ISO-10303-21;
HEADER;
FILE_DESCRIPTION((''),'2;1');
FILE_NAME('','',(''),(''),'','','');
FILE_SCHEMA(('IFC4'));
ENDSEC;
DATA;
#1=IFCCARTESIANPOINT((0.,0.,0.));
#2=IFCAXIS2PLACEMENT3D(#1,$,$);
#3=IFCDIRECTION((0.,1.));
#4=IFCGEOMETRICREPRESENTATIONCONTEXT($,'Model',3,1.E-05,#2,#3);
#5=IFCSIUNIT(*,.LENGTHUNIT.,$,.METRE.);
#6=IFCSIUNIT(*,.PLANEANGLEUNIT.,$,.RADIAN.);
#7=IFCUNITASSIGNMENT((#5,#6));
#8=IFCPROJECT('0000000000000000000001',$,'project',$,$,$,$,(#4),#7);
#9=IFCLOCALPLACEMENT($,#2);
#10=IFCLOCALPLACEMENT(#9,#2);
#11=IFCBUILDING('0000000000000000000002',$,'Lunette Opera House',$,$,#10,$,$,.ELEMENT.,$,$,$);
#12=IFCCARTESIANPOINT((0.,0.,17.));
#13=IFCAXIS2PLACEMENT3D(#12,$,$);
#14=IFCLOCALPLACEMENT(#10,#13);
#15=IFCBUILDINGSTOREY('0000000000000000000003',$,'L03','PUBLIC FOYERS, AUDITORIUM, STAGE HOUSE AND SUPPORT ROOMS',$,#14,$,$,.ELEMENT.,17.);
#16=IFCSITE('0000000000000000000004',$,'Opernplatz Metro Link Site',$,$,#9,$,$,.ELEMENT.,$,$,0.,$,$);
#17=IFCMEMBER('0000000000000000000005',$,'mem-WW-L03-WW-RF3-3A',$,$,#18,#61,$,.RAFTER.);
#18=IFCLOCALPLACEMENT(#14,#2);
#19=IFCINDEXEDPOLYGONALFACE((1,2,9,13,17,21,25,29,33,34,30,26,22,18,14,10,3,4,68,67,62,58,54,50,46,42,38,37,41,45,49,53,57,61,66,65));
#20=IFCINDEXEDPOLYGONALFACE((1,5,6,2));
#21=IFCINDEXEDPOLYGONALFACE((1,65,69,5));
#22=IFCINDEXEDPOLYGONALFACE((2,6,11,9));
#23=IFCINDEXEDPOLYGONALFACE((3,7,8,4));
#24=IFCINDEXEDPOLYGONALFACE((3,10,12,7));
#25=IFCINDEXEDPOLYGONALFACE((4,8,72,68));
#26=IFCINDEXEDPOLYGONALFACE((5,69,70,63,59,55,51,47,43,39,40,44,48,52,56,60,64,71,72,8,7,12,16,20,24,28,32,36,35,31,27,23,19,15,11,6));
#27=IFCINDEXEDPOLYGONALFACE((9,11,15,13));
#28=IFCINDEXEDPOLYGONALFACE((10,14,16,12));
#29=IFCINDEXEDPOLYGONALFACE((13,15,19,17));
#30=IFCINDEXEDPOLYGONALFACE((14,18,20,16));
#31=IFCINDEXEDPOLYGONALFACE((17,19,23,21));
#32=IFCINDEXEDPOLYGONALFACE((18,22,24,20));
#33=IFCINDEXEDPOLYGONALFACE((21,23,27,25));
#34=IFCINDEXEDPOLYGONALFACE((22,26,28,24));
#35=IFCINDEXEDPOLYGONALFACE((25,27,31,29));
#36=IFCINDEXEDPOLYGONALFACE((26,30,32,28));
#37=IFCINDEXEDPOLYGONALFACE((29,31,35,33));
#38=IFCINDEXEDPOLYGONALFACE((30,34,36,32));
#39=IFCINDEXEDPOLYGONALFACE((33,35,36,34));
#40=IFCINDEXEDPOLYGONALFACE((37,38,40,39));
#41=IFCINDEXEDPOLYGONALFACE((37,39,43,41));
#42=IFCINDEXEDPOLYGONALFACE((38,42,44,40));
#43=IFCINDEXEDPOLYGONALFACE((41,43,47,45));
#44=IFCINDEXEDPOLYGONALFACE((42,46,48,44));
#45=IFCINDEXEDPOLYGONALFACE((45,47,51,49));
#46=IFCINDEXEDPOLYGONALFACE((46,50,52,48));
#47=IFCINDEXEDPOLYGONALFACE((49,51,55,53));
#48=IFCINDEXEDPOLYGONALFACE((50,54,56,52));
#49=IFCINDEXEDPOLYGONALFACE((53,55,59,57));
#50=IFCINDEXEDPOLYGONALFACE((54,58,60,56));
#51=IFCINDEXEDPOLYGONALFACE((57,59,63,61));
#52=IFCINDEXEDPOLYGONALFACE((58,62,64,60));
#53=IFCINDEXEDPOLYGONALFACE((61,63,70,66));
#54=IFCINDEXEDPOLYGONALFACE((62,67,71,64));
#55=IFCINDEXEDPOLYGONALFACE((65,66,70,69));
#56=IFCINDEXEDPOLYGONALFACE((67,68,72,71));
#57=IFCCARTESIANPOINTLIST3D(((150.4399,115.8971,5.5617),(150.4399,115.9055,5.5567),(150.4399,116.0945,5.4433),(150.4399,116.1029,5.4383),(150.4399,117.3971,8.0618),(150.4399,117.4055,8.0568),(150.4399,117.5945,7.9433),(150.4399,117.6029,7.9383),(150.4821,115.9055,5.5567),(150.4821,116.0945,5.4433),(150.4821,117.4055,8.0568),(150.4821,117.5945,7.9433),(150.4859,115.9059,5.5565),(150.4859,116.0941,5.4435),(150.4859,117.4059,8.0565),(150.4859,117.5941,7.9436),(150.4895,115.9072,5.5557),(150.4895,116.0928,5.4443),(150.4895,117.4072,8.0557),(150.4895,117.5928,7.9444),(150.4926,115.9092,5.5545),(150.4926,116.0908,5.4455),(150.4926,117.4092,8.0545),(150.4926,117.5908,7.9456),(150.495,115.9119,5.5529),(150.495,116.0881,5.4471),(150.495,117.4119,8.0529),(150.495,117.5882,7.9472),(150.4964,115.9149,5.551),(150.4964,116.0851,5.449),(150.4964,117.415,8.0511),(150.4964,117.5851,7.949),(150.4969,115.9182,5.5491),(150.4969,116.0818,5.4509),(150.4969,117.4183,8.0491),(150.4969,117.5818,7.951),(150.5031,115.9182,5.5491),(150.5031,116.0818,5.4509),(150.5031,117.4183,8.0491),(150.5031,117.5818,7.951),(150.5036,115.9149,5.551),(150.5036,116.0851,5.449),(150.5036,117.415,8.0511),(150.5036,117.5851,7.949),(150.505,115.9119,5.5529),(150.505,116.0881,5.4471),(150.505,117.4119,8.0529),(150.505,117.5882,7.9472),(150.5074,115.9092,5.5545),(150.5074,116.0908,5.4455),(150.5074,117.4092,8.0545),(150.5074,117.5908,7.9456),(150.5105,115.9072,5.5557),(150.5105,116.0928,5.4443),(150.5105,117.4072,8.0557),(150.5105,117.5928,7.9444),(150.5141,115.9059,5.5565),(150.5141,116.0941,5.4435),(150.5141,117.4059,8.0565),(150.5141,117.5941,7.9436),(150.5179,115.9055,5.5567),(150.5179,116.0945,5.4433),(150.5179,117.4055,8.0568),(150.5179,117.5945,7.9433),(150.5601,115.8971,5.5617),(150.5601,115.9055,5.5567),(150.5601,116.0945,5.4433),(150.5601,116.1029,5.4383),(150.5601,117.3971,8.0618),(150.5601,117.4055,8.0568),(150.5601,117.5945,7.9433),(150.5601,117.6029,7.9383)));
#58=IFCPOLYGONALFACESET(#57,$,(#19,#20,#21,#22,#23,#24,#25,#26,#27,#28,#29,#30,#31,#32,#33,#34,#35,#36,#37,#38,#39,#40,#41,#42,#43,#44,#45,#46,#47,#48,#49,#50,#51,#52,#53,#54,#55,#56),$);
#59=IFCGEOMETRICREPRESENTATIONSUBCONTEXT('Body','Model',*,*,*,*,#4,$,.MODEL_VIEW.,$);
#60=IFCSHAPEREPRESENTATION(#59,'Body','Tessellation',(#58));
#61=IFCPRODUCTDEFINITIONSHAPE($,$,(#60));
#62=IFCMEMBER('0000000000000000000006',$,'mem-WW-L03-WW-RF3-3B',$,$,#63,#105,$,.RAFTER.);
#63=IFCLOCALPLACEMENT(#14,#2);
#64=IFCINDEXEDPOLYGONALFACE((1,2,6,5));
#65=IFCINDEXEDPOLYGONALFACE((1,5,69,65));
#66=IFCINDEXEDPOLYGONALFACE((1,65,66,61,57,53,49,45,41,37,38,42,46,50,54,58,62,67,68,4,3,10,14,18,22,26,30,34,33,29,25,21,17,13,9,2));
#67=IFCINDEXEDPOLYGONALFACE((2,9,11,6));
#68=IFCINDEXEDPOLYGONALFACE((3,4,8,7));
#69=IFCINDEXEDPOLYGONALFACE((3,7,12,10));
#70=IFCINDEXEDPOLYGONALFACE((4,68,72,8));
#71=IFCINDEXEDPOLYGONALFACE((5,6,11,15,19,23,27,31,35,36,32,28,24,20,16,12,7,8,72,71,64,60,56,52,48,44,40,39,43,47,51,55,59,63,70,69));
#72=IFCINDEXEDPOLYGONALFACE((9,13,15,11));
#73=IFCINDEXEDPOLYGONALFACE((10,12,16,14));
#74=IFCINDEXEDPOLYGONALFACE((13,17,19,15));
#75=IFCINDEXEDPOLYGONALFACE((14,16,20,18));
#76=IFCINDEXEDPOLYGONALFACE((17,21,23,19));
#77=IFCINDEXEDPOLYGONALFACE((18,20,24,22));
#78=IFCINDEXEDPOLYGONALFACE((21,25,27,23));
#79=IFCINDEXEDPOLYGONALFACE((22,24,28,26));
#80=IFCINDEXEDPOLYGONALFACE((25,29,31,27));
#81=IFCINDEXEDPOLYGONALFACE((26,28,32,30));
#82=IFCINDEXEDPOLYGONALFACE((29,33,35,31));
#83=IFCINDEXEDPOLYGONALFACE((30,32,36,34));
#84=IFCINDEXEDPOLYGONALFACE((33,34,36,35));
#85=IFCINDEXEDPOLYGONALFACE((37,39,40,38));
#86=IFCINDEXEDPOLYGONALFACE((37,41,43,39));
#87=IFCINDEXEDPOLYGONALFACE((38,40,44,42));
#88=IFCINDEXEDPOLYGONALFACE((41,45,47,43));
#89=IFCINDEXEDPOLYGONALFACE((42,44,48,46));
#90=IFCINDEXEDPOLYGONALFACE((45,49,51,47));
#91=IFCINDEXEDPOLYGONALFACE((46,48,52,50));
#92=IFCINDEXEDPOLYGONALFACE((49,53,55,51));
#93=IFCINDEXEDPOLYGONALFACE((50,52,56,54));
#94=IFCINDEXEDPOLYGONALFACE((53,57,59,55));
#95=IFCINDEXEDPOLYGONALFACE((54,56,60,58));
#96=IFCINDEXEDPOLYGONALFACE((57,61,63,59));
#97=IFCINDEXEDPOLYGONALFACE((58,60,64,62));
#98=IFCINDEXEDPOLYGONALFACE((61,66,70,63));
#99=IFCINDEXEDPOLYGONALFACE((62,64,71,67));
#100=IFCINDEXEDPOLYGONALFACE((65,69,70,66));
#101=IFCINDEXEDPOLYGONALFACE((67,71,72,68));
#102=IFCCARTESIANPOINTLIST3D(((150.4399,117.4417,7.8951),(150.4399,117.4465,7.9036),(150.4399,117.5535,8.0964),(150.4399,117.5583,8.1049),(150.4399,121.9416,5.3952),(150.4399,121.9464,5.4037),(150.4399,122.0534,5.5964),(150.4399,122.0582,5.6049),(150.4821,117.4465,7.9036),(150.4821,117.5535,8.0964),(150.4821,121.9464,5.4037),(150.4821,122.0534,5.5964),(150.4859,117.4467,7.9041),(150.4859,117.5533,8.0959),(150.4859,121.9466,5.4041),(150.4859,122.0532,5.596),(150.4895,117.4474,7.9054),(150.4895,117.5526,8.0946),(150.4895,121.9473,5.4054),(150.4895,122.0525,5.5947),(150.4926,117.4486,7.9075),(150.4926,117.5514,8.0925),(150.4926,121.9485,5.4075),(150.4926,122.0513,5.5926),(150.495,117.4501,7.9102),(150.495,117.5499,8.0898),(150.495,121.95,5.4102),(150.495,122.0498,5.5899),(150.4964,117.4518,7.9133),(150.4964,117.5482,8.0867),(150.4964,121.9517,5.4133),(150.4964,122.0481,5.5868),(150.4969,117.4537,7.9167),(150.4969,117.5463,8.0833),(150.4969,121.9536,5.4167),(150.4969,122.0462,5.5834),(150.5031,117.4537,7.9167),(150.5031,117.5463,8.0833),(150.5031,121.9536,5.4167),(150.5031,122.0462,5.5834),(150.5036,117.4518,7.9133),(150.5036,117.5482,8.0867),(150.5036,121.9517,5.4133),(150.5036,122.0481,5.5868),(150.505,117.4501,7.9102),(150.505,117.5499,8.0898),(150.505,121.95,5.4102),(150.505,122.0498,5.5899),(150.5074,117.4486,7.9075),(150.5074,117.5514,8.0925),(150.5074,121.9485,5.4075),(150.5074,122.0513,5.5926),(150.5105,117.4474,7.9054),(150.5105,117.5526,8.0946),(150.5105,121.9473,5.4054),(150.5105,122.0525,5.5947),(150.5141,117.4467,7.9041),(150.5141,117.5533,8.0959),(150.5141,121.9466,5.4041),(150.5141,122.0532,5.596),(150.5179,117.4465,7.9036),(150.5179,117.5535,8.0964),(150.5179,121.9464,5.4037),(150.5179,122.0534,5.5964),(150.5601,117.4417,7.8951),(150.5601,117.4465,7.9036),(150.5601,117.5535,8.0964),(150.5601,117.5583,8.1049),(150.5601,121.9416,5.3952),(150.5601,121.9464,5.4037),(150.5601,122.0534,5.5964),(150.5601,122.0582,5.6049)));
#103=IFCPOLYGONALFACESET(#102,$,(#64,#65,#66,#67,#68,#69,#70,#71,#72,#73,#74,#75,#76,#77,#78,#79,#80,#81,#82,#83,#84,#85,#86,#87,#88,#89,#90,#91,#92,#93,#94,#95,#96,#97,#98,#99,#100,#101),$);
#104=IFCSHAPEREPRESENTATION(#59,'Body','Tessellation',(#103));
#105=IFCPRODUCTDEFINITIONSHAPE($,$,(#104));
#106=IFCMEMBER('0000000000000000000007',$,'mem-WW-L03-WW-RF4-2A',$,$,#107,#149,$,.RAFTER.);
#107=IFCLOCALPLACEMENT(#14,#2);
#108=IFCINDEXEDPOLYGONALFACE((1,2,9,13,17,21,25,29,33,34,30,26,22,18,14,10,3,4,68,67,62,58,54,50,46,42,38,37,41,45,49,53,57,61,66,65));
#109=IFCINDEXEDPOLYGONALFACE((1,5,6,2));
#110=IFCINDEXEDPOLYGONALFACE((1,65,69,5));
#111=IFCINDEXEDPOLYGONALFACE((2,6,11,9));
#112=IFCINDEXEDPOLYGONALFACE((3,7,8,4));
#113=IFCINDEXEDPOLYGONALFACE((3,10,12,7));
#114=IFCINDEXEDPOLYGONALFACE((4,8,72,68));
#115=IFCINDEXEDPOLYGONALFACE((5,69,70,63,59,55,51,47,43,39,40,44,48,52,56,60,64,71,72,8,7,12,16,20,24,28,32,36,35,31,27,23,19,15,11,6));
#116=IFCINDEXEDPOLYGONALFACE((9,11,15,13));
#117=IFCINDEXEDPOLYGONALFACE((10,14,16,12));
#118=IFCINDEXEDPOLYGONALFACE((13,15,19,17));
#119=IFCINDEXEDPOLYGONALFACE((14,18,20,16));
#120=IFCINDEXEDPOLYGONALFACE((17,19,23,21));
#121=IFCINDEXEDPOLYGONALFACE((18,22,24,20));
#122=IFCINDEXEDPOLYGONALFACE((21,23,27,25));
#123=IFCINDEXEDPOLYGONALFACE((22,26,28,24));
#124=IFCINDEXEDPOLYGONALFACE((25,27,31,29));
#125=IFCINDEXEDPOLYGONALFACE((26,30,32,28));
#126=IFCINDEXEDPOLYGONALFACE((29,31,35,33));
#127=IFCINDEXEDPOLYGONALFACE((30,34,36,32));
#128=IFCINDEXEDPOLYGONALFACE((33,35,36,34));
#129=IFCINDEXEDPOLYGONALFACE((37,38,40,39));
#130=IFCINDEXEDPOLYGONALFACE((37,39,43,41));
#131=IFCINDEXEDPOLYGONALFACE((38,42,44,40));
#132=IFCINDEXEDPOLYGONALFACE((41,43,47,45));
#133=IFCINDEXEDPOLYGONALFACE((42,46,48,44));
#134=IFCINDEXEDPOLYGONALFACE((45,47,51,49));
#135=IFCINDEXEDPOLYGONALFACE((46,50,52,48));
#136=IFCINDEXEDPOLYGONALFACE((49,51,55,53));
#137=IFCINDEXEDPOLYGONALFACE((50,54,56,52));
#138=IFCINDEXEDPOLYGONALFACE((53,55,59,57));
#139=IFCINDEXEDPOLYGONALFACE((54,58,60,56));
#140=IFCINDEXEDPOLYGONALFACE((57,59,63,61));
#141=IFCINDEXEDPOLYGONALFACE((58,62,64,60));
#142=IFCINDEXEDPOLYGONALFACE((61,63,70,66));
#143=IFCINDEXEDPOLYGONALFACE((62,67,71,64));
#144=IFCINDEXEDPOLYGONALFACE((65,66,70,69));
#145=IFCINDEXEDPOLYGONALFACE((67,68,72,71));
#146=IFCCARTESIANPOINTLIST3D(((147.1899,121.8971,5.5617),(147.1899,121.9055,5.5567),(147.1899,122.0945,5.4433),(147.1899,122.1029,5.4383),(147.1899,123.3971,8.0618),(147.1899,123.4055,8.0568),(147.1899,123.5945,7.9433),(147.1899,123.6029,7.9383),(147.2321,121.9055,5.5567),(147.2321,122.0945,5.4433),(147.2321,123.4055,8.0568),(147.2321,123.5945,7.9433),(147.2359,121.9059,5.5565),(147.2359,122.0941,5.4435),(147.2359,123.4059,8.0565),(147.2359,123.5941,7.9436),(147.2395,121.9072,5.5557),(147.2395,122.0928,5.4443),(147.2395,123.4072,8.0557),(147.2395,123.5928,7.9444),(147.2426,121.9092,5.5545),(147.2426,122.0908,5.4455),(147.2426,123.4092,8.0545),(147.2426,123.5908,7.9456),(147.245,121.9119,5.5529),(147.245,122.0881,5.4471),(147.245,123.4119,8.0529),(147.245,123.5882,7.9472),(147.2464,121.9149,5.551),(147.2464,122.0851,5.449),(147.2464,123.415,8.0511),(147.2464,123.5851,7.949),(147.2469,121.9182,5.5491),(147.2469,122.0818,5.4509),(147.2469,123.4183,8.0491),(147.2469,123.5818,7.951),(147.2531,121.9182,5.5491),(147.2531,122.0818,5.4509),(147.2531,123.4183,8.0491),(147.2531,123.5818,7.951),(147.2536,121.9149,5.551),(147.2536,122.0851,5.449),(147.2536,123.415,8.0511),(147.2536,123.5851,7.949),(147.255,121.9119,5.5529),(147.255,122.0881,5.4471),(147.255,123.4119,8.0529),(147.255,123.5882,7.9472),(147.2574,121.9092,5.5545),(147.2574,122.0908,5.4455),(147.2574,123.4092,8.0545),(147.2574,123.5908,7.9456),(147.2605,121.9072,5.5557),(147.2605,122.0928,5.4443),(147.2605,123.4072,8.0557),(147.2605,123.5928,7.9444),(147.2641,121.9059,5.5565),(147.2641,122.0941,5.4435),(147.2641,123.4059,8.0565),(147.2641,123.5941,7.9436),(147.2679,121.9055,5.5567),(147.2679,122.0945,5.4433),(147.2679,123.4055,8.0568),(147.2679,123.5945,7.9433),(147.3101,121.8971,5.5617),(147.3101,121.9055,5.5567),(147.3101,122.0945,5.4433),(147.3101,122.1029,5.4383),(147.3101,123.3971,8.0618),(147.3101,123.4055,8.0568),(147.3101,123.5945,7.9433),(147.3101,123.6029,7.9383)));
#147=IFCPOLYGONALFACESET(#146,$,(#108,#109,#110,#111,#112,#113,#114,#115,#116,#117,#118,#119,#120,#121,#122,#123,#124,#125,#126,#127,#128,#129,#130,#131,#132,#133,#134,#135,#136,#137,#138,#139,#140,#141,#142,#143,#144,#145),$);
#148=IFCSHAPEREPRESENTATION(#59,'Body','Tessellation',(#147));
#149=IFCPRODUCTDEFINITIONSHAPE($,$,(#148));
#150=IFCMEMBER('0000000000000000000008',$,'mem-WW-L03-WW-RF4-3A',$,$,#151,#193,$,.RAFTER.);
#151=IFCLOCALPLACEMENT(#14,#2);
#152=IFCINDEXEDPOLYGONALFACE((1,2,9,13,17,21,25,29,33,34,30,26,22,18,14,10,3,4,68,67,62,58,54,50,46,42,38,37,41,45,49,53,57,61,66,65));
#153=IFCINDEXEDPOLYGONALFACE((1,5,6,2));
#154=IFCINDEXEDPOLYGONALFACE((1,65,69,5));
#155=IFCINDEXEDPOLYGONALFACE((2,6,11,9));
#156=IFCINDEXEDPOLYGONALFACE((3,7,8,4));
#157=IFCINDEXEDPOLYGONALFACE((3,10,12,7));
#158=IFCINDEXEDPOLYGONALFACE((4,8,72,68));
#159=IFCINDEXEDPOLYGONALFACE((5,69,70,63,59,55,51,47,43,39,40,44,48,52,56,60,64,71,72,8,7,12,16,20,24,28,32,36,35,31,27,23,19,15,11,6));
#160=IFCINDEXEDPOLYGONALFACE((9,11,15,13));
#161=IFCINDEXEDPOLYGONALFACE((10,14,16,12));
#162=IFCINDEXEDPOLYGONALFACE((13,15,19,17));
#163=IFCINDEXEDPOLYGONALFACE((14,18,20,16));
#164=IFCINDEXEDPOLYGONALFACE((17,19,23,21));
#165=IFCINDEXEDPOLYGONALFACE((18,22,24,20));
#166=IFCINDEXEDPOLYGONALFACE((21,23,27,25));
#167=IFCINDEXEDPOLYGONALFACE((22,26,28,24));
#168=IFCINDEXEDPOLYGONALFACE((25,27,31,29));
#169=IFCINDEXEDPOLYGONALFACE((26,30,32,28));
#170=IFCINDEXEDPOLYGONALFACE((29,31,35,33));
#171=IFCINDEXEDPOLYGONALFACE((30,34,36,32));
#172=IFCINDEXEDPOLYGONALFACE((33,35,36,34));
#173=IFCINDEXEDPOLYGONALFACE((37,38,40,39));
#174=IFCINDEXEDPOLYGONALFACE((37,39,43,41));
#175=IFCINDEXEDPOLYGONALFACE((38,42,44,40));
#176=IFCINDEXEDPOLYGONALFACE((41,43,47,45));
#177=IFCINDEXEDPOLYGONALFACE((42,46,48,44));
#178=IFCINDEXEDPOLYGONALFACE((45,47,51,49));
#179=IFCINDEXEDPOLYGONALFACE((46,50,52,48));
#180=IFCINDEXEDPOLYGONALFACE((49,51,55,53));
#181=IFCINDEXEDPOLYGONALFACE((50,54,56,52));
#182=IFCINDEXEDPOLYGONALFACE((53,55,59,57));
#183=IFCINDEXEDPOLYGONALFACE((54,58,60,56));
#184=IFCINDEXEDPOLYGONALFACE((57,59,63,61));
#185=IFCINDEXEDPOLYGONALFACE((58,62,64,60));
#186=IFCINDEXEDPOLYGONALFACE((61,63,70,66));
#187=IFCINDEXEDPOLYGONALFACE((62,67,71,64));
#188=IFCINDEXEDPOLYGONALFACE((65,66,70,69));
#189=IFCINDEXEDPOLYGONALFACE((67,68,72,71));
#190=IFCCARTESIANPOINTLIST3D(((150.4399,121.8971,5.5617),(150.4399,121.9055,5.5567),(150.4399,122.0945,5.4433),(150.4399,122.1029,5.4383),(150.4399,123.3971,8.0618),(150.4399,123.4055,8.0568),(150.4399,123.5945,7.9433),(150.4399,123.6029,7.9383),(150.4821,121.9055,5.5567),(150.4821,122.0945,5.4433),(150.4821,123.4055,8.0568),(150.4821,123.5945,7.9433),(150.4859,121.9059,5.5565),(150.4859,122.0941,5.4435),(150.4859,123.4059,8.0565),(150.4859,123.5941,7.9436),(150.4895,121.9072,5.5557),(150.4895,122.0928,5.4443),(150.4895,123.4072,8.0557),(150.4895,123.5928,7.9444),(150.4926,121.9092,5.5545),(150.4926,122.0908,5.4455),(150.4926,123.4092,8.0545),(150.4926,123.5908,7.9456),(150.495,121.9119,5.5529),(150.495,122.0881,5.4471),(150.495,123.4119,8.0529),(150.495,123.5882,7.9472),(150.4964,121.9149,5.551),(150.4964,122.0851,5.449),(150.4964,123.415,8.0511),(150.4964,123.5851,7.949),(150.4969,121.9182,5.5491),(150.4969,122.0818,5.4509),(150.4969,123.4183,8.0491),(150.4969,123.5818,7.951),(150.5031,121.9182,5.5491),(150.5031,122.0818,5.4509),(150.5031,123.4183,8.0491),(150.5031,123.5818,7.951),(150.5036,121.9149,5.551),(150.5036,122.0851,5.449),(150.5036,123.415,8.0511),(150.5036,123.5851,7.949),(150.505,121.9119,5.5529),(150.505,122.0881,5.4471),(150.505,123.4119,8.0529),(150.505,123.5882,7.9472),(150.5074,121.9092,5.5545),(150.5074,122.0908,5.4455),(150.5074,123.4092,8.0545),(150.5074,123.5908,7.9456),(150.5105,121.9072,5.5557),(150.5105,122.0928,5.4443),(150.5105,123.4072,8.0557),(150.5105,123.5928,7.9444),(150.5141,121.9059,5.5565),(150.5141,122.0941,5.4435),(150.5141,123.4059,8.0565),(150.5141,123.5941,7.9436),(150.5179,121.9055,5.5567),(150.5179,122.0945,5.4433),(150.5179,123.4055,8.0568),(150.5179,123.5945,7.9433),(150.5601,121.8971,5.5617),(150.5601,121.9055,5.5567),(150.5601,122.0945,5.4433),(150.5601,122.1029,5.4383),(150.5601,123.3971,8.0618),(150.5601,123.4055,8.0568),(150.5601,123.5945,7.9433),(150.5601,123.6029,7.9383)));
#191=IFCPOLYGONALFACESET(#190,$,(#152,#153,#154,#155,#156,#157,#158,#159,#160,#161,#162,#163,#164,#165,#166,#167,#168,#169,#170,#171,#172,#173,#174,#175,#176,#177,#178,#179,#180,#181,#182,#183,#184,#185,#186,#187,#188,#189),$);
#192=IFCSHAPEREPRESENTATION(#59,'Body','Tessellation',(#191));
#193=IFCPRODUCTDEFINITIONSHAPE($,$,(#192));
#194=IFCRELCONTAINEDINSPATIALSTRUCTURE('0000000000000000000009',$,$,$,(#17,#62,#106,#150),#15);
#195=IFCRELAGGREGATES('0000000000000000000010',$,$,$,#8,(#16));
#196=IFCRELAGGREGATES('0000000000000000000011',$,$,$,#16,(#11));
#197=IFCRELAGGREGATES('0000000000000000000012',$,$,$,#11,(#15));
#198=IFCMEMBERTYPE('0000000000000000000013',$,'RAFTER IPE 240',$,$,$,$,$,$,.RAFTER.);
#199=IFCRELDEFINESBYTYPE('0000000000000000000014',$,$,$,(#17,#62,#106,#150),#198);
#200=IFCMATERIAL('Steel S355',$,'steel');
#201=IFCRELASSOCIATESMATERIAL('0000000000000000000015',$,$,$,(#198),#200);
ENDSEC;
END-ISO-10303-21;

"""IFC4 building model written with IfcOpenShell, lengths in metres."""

from ifc_helpers import new_model, si_unit, direction, frame, origin, origin_2d, place, context, subcontext, project, spatial, i_section, extrude, material, material_profile, profile_set, type_object, element, save


model = new_model("IFC4")

# Units and contexts
model_context = context("Model", 3, precision=1e-05, world=origin(), true_north=direction((0.0, 1.0)))
body_context = subcontext(model_context, "Body", "Model", "MODEL_VIEW")
ifc_project = project(units=[si_unit("LENGTHUNIT", "METRE"), si_unit("PLANEANGLEUNIT", "RADIAN")], contexts=[model_context])

# Site, building, storey
site_placement = place(None, origin())
site = spatial("IfcSite", under=ifc_project, at=site_placement, Name="Opernplatz Metro Link Site", CompositionType="ELEMENT", RefElevation=0.0)
building_placement = place(site_placement, origin())
building = spatial("IfcBuilding", under=site, at=building_placement, Name="Lunette Opera House", CompositionType="ELEMENT")
storey_placement = place(building_placement, frame((0.0, 0.0, 17.0)))
storey = spatial("IfcBuildingStorey", under=building, at=storey_placement, Name="L03", Description="PUBLIC FOYERS, AUDITORIUM, STAGE HOUSE AND SUPPORT ROOMS", CompositionType="ELEMENT", Elevation=17.0)

# Members
ifc_material_1 = material(Name="Steel S355", Category="steel")
ifc_material_profile_1 = material_profile(ifc_material_1, i_section(OverallWidth=0.1201, OverallDepth=0.24, WebThickness=0.0061, FlangeThickness=0.0098, FilletRadius=0.0149, at=origin_2d()), Name="IPE 240")
ifc_profile_set_1 = profile_set([ifc_material_profile_1], Name="Steel S355")
member_type_1 = type_object("IfcMemberType", Name="RAFTER IPE 240", PredefinedType="RAFTER", material=ifc_profile_set_1)
member_1_placement = place(storey_placement, frame((150.5, 116.0, 5.5), z_axis=(0.0, 0.514496, 0.857493), x_axis=(-1.0, 0.0, 0.0)))
element("IfcMember", 1, at=member_1_placement, inside=storey, type_object=member_type_1, Name="mem-WW-L03-WW-RF3-3A", PredefinedType="RAFTER", context=body_context, shape_type="SweptSolid", body=[
    extrude(i_section(OverallWidth=0.1201, OverallDepth=0.24, WebThickness=0.0061, FlangeThickness=0.0098, FilletRadius=0.0149, at=origin_2d()), origin(), (0.0, 0.0, 1.0), 2.9155),
])
member_2_placement = place(storey_placement, frame((150.5, 117.5, 8.0), z_axis=(0.0, 0.874157, -0.485643), x_axis=(-1.0, 0.0, 0.0)))
element("IfcMember", 2, at=member_2_placement, inside=storey, type_object=member_type_1, Name="mem-WW-L03-WW-RF3-3B", PredefinedType="RAFTER", context=body_context, shape_type="SweptSolid", body=[
    extrude(i_section(OverallWidth=0.1201, OverallDepth=0.24, WebThickness=0.0061, FlangeThickness=0.0098, FilletRadius=0.0149, at=origin_2d()), origin(), (0.0, 0.0, 1.0), 5.1477),
])
for number, where, z_axis, x_axis, name in (
    (3, (147.25, 122.0, 5.5), (0.0, 0.514496, 0.857493), (-1.0, 0.0, 0.0), "mem-WW-L03-WW-RF4-2A"),
    (4, (150.5, 122.0, 5.5), (0.0, 0.514496, 0.857493), (-1.0, 0.0, 0.0), "mem-WW-L03-WW-RF4-3A"),
):
    element("IfcMember", number, at=place(storey_placement, frame(where, z_axis=z_axis, x_axis=x_axis)), inside=storey, type_object=member_type_1, Name=name, PredefinedType="RAFTER", context=body_context, shape_type="SweptSolid", body=[
        extrude(i_section(OverallWidth=0.1201, OverallDepth=0.24, WebThickness=0.0061, FlangeThickness=0.0098, FilletRadius=0.0149, at=origin_2d()), origin(), (0.0, 0.0, 1.0), 2.9155),
    ])

save(model, "model.ifc")
